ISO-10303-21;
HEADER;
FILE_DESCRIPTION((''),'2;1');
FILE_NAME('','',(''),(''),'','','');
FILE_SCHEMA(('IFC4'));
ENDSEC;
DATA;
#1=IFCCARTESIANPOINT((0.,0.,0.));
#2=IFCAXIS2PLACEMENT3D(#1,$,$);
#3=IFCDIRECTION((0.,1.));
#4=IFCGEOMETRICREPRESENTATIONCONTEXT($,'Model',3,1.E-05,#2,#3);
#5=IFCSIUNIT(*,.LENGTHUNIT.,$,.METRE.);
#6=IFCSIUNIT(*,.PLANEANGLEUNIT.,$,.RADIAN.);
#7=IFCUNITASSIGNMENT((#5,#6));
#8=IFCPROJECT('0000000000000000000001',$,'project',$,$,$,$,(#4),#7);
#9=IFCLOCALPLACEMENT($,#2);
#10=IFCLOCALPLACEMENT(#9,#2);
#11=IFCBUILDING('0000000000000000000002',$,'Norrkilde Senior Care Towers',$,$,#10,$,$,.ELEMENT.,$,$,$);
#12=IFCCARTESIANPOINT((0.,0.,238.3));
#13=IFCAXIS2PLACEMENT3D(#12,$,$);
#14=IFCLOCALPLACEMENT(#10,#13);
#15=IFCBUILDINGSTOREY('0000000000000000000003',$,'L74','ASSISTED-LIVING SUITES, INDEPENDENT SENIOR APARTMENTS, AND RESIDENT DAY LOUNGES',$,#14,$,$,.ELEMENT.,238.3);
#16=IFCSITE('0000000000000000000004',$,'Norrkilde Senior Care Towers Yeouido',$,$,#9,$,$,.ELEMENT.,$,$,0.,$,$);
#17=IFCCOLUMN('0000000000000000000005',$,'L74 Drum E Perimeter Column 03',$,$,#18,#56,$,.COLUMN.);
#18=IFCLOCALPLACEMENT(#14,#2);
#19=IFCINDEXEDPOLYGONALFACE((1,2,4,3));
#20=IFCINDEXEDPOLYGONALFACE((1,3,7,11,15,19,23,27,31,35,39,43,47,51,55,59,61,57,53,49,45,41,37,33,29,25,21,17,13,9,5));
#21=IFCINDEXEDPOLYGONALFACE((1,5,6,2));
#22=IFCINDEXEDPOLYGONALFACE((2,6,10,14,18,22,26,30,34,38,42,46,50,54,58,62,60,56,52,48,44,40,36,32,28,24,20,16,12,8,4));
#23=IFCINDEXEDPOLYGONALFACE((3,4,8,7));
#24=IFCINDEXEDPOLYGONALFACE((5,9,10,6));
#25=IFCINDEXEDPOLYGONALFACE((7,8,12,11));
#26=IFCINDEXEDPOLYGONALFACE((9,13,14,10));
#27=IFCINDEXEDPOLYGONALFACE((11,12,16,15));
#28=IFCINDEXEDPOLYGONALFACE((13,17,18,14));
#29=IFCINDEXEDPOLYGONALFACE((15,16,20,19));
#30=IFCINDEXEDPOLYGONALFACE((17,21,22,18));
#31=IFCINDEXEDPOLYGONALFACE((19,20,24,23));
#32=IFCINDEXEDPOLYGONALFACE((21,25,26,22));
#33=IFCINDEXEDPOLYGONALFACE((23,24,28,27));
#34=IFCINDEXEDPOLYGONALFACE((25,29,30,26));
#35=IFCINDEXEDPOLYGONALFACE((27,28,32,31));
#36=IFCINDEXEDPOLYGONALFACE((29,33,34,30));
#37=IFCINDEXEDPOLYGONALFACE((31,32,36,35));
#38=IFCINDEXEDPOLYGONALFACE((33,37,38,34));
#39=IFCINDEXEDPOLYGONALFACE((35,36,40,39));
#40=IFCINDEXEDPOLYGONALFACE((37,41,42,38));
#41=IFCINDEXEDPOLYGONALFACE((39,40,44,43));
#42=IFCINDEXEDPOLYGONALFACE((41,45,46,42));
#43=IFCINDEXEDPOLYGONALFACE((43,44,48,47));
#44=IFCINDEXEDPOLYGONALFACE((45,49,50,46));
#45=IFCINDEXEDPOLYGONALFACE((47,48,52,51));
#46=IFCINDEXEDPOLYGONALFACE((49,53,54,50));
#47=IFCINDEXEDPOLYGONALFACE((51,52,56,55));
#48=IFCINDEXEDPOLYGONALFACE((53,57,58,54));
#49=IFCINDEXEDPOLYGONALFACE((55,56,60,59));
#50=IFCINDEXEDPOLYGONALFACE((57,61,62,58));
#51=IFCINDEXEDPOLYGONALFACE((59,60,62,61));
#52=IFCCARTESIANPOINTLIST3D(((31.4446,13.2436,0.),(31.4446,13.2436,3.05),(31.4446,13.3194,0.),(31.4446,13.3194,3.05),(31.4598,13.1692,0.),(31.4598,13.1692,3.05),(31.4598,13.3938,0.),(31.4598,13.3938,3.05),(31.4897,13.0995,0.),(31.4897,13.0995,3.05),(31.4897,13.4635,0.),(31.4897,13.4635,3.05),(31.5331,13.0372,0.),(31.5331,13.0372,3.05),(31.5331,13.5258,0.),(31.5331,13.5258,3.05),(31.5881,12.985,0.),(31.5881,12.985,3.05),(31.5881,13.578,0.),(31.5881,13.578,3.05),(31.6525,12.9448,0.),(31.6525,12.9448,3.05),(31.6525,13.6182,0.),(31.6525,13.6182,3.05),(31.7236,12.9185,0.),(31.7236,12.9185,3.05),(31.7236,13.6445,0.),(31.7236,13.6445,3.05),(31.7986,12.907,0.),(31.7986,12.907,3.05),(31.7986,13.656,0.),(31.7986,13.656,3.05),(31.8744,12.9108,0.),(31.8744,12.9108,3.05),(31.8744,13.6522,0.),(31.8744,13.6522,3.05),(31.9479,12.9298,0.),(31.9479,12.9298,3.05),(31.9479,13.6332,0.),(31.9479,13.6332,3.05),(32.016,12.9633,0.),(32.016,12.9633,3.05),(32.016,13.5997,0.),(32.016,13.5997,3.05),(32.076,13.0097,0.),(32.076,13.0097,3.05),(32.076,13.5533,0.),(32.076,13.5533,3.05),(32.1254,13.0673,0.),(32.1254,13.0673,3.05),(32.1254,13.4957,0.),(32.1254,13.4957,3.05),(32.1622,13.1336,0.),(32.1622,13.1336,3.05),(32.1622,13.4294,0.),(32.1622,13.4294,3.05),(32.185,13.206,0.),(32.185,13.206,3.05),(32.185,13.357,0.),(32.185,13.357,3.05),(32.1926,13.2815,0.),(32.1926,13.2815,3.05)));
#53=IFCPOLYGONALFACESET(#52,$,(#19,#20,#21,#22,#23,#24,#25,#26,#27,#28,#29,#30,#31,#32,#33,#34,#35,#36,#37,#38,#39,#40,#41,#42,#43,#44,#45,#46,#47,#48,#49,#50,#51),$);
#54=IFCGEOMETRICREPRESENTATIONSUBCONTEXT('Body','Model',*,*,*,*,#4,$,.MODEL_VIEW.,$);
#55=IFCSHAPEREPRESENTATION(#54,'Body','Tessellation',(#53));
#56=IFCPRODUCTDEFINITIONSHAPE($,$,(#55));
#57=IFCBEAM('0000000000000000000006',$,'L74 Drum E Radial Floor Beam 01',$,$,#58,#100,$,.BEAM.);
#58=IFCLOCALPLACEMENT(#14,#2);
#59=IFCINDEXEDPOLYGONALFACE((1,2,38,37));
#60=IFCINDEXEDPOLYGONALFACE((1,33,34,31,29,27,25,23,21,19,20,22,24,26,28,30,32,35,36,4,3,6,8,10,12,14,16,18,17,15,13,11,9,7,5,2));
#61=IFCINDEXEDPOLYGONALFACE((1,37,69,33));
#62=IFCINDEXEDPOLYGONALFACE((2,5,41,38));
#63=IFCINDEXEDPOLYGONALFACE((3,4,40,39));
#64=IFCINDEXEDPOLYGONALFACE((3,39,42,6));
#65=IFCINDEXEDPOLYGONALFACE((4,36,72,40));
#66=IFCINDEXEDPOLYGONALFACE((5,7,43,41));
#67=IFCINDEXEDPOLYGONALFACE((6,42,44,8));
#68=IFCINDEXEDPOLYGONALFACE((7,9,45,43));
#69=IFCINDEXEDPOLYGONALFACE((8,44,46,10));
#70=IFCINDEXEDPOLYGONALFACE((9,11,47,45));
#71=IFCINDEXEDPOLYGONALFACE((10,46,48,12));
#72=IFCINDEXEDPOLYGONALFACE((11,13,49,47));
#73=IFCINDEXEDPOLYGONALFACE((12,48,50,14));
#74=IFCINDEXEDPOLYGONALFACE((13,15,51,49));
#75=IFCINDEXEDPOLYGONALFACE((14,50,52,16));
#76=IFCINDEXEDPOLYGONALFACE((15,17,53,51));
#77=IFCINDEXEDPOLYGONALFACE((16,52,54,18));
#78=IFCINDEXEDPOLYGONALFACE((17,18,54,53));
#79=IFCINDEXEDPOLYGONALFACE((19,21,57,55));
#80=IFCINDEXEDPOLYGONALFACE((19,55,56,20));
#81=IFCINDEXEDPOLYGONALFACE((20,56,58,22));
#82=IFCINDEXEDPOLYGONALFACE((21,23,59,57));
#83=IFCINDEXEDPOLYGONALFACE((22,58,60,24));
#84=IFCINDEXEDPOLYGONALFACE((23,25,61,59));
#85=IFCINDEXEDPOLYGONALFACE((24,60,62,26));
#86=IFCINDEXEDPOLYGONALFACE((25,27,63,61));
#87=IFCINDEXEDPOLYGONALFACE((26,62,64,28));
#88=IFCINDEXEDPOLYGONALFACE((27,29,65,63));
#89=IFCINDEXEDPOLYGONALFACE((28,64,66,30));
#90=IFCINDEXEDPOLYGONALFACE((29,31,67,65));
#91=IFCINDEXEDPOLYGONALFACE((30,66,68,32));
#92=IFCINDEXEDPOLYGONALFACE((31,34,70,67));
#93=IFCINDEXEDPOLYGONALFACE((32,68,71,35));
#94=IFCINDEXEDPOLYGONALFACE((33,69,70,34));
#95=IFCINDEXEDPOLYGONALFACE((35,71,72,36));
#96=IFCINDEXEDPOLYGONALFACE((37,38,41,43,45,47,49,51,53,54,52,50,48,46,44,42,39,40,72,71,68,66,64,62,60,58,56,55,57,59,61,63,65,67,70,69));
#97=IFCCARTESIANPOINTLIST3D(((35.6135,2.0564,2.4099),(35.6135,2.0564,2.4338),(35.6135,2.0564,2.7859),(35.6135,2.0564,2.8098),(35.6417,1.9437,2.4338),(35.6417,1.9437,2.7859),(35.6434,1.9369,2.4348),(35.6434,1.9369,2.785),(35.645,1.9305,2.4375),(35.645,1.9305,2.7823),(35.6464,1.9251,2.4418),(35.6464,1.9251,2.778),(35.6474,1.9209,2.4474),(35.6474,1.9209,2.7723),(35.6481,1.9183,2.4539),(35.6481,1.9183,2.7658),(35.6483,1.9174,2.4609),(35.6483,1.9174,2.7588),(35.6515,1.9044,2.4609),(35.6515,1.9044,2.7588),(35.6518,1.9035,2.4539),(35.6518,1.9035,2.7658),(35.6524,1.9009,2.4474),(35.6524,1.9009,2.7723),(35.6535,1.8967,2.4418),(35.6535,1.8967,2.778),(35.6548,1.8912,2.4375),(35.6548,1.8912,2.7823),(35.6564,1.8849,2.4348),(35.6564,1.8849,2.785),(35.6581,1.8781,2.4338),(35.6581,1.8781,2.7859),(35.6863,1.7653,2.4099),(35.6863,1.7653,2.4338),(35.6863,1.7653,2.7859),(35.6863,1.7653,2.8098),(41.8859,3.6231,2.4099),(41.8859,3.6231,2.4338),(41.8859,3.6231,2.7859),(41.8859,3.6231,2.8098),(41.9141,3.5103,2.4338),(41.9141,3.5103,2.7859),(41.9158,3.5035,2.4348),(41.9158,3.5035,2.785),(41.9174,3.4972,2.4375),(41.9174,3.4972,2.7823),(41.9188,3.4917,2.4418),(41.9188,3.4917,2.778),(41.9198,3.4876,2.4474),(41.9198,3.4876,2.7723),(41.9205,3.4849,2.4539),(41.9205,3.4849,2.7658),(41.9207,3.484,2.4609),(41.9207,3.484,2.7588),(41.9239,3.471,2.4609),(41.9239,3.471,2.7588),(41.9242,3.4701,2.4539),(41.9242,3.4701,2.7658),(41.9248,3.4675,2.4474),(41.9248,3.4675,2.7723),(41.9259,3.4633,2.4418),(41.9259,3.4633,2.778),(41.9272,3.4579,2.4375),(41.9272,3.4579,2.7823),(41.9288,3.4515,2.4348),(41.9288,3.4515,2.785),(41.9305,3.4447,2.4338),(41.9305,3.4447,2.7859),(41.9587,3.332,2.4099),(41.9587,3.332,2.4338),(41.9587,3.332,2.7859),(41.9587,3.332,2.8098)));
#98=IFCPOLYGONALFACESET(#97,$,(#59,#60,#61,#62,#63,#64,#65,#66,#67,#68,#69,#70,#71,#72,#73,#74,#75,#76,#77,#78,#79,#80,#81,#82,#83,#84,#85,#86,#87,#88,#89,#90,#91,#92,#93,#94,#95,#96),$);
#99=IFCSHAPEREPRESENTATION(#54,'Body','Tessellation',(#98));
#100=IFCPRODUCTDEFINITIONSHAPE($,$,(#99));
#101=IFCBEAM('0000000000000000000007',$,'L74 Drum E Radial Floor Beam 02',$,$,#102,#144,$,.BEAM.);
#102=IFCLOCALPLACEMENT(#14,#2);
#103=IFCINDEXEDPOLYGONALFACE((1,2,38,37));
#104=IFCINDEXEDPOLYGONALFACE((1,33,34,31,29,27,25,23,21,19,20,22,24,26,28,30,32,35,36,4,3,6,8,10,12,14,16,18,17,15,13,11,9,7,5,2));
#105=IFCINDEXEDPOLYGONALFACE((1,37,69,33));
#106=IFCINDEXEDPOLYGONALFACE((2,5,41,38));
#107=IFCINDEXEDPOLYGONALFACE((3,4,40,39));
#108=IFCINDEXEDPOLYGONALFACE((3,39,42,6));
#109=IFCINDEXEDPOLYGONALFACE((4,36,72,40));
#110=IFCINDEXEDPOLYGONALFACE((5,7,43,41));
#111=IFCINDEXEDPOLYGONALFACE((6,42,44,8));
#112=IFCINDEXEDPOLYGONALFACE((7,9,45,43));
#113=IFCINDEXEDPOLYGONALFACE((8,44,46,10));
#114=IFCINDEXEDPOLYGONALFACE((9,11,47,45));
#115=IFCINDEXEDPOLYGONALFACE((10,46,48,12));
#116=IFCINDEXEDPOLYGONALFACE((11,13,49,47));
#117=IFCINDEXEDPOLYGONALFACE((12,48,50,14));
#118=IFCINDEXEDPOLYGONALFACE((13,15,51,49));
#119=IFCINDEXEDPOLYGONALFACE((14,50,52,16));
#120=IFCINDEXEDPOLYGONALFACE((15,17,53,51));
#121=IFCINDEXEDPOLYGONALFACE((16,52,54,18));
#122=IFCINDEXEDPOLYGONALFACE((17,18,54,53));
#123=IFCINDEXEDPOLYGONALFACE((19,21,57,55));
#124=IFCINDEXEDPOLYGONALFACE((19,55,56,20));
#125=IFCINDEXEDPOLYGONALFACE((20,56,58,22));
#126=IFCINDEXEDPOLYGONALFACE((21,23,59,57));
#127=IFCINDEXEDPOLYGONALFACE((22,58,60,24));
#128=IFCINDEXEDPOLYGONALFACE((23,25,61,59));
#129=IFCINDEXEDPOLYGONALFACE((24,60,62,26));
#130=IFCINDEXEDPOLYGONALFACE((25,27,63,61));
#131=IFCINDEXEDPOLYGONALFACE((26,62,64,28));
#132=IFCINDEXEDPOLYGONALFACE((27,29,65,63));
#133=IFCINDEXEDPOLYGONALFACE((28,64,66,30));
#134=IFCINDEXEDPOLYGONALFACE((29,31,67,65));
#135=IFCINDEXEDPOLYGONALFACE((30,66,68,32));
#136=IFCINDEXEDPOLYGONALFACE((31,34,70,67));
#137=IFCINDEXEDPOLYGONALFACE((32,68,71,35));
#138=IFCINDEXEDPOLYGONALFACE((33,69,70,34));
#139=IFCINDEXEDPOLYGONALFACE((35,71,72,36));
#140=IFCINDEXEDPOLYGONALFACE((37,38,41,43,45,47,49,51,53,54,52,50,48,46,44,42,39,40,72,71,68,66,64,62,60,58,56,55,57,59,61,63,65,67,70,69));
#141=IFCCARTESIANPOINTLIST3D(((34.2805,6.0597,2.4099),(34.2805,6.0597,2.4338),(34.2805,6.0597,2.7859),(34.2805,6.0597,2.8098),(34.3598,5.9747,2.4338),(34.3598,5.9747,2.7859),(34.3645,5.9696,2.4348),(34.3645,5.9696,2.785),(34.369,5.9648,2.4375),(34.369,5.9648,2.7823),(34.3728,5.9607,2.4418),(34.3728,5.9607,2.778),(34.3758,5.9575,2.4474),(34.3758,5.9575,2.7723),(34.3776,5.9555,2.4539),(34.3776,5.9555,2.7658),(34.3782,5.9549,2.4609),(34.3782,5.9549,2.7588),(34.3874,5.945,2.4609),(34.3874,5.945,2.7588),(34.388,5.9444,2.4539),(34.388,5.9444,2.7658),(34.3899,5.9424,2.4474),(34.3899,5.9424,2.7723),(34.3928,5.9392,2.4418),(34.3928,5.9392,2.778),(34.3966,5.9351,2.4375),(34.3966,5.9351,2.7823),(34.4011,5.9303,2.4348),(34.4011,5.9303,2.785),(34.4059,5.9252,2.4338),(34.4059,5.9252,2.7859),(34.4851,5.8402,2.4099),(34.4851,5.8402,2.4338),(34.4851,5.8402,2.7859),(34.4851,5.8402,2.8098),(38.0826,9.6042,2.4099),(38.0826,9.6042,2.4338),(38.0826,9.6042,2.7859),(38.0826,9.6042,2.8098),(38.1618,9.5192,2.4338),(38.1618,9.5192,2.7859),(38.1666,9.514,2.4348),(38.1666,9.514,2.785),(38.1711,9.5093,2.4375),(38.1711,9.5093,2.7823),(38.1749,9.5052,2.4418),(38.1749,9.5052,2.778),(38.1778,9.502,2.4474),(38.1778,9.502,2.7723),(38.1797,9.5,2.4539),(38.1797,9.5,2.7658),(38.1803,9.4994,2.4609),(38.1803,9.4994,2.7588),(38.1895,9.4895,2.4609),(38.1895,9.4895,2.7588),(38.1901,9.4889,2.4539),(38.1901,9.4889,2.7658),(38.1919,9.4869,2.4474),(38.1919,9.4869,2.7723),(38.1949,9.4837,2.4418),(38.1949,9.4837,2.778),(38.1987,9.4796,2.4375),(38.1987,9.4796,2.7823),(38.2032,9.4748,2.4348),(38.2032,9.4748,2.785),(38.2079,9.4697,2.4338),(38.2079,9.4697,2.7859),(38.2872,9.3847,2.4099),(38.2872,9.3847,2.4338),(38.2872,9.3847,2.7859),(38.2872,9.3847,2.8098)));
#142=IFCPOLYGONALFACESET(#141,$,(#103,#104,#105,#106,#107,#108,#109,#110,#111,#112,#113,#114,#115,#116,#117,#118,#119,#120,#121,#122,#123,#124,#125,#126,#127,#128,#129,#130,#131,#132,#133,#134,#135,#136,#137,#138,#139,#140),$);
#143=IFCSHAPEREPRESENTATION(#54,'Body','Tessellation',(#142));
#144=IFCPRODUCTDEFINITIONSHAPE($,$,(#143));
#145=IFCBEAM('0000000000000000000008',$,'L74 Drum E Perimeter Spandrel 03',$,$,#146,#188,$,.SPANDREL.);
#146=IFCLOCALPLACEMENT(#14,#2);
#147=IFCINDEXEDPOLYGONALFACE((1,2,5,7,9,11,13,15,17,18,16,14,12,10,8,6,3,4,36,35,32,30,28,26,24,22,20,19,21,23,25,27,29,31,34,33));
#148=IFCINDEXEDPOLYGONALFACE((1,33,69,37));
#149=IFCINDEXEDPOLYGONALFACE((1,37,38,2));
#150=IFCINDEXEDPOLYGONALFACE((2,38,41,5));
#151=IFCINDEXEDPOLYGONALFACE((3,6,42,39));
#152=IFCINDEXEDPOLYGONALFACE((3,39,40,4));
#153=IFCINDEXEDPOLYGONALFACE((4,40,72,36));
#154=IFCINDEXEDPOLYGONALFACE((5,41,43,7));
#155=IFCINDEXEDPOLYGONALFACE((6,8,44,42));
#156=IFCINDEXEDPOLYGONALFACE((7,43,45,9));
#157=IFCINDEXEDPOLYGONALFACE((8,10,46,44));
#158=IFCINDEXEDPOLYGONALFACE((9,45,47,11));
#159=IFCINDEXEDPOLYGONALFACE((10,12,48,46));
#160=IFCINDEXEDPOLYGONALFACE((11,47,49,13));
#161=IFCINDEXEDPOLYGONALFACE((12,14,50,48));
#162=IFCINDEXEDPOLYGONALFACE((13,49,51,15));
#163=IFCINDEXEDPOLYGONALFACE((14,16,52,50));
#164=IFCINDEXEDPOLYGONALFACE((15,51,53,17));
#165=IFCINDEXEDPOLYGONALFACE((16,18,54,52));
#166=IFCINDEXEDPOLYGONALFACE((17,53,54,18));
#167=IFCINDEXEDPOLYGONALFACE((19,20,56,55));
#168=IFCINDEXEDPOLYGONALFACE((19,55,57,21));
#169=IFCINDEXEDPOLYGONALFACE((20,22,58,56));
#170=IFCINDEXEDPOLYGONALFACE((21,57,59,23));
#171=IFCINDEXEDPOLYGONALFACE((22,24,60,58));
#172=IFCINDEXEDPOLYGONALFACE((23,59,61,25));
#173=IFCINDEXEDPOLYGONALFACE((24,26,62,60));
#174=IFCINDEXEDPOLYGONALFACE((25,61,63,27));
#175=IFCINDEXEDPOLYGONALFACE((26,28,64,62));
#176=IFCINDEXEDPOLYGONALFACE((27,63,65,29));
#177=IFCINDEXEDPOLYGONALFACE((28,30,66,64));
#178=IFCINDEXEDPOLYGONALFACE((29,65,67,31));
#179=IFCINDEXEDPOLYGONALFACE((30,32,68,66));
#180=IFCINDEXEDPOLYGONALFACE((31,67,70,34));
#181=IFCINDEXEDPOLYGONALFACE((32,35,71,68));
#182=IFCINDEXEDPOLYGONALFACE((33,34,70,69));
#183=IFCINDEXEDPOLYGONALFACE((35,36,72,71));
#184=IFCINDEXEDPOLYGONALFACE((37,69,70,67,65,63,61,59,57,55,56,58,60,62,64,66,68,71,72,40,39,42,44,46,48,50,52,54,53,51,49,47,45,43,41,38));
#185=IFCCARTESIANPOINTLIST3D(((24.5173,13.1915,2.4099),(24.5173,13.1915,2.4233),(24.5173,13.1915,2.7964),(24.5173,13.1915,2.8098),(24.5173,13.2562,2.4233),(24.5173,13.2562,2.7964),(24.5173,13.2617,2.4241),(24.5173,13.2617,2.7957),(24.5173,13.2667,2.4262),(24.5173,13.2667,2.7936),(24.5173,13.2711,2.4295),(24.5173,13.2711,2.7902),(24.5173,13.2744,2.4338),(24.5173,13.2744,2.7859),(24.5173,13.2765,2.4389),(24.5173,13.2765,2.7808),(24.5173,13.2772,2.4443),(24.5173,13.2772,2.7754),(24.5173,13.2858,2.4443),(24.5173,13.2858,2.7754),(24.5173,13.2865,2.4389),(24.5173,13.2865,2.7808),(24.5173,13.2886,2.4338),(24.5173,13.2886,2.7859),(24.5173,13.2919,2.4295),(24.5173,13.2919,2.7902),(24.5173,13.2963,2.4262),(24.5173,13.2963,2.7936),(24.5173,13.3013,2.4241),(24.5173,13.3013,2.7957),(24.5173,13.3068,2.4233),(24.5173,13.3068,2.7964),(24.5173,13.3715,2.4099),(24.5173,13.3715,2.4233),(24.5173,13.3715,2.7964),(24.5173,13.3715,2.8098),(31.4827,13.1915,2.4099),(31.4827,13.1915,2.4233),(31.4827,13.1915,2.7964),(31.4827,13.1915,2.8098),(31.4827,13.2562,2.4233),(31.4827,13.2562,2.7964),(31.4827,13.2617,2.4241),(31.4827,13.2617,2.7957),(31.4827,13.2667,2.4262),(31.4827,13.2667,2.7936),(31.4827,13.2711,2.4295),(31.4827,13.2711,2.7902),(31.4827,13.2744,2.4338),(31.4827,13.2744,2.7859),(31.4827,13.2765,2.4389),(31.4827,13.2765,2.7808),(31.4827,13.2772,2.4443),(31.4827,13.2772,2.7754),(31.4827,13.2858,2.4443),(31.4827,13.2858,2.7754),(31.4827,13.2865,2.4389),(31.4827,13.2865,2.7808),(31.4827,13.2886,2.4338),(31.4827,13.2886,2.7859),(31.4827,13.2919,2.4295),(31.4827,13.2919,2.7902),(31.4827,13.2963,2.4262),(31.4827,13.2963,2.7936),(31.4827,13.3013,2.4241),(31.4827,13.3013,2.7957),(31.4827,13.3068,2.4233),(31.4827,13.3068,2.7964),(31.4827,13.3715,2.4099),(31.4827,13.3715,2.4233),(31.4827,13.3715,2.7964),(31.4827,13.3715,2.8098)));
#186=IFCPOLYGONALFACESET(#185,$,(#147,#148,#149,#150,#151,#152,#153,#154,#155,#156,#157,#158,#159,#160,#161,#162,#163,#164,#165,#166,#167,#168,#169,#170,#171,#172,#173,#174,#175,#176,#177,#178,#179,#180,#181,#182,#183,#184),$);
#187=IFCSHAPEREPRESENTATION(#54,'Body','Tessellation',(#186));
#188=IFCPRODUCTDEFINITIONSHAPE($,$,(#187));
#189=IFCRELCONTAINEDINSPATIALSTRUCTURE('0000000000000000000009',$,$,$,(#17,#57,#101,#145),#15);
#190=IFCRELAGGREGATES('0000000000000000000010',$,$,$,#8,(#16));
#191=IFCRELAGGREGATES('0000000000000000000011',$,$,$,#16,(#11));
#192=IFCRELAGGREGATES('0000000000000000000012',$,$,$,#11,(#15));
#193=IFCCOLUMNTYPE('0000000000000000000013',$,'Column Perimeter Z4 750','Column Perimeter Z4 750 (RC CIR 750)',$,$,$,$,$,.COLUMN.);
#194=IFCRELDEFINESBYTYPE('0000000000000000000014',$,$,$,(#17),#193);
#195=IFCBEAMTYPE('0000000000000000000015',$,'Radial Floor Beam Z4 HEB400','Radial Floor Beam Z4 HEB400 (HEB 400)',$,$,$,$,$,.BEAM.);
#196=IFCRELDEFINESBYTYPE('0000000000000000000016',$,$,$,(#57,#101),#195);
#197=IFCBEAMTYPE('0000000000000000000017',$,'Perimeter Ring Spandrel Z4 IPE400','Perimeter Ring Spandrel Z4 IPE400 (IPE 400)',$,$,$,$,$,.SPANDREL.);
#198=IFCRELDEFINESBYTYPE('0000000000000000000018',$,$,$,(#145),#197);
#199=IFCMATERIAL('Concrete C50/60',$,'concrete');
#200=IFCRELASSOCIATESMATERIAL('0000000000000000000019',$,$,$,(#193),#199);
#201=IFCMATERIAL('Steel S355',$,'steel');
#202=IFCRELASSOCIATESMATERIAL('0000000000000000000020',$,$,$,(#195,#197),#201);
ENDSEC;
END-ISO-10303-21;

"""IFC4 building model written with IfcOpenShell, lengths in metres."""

from ifc_helpers import new_model, si_unit, direction, frame, origin, origin_2d, place, context, subcontext, project, spatial, circle, i_section, extrude, source, transform, mapped, material, material_profile, profile_set, type_object, type_shapes, element, save


model = new_model("IFC4")

# Units and contexts
model_context = context("Model", 3, precision=1e-05, world=origin(), true_north=direction((0.0, 1.0)))
body_context = subcontext(model_context, "Body", "Model", "MODEL_VIEW")
ifc_project = project(units=[si_unit("LENGTHUNIT", "METRE"), si_unit("PLANEANGLEUNIT", "RADIAN")], contexts=[model_context])

# Site, building, storey
site_placement = place(None, origin())
site = spatial("IfcSite", under=ifc_project, at=site_placement, Name="Norrkilde Senior Care Towers Yeouido", CompositionType="ELEMENT", RefElevation=0.0)
building_placement = place(site_placement, origin())
building = spatial("IfcBuilding", under=site, at=building_placement, Name="Norrkilde Senior Care Towers", CompositionType="ELEMENT")
storey_placement = place(building_placement, frame((0.0, 0.0, 238.3)))
storey = spatial("IfcBuildingStorey", under=building, at=storey_placement, Name="L74", Description="ASSISTED-LIVING SUITES, INDEPENDENT SENIOR APARTMENTS, AND RESIDENT DAY LOUNGES", CompositionType="ELEMENT", Elevation=238.3)

# Column
ifc_material_1 = material(Name="Concrete C50/60", Category="concrete")
ifc_material_profile_1 = material_profile(ifc_material_1, circle(Radius=0.375, at=origin_2d()), Name="RC CIR 750")
ifc_profile_set_1 = profile_set([ifc_material_profile_1], Name="Concrete C50/60")
column_type = type_object("IfcColumnType", Name="Column Perimeter Z4 750", Description="Column Perimeter Z4 750 (RC CIR 750)", PredefinedType="COLUMN", material=ifc_profile_set_1)
shared_shape_1 = source(origin(), body_context, "Body", "SweptSolid", [
    extrude(circle(Radius=0.375, at=origin_2d()), origin(), (0.0, 0.0, 1.0), 3.05),
])
type_shapes(column_type, [shared_shape_1])
column_placement = place(storey_placement, frame((31.8176, 13.2815, 0.0), z_axis=(0.0, 0.0, 1.0), x_axis=(1.0, 0.0, 0.0)))
element("IfcColumn", 1, at=column_placement, inside=storey, type_object=column_type, Name="L74 Drum E Perimeter Column 03", PredefinedType="COLUMN", context=body_context, shape_type="MappedRepresentation", body=[
    mapped(shared_shape_1, transform((0.0, 0.0, 0.0), x_axis=(1.0, 0.0, 0.0), y_axis=(0.0, 1.0, 0.0), z_axis=(0.0, 0.0, 1.0), scale=1.0)),
])

# Beams
ifc_material_2 = material(Name="Steel S355", Category="steel")
ifc_material_profile_2 = material_profile(ifc_material_2, i_section(OverallWidth=0.3, OverallDepth=0.3999, WebThickness=0.0134, FlangeThickness=0.0239, FilletRadius=0.0271, at=origin_2d()), Name="HEB 400")
ifc_profile_set_2 = profile_set([ifc_material_profile_2], Name="Steel S355")
beam_type_1 = type_object("IfcBeamType", Name="Radial Floor Beam Z4 HEB400", Description="Radial Floor Beam Z4 HEB400 (HEB 400)", PredefinedType="BEAM", material=ifc_profile_set_2)
shared_shape_2 = source(origin(), body_context, "Body", "SweptSolid", [
    extrude(i_section(OverallWidth=0.3, OverallDepth=0.3999, WebThickness=0.0134, FlangeThickness=0.0239, FilletRadius=0.0271, at=origin_2d()), origin(), (0.0, 0.0, 1.0), 6.4651),
])
beam_1_placement = place(storey_placement, frame((35.6499, 1.9109, 2.6099), z_axis=(0.970196, 0.242322, 0.0), x_axis=(-0.242322, 0.970196, 0.0)))
element("IfcBeam", 2, at=beam_1_placement, inside=storey, type_object=beam_type_1, Name="L74 Drum E Radial Floor Beam 01", PredefinedType="BEAM", context=body_context, shape_type="MappedRepresentation", body=[
    mapped(shared_shape_2, transform((0.0, 0.0, 0.0), x_axis=(1.0, 0.0, 0.0), y_axis=(0.0, 1.0, 0.0), z_axis=(0.0, 0.0, 1.0), scale=1.0)),
])
shared_shape_3 = source(origin(), body_context, "Body", "SweptSolid", [
    extrude(i_section(OverallWidth=0.3, OverallDepth=0.3999, WebThickness=0.0134, FlangeThickness=0.0239, FilletRadius=0.0271, at=origin_2d()), origin(), (0.0, 0.0, 1.0), 5.198),
])
beam_2_placement = place(storey_placement, frame((34.3828, 5.95, 2.6099), z_axis=(0.731449, 0.681896, 0.0), x_axis=(-0.681896, 0.731449, 0.0)))
element("IfcBeam", 3, at=beam_2_placement, inside=storey, type_object=beam_type_1, Name="L74 Drum E Radial Floor Beam 02", PredefinedType="BEAM", context=body_context, shape_type="MappedRepresentation", body=[
    mapped(shared_shape_3, transform((0.0, 0.0, 0.0), x_axis=(1.0, 0.0, 0.0), y_axis=(0.0, 1.0, 0.0), z_axis=(0.0, 0.0, 1.0), scale=1.0)),
])
ifc_material_profile_3 = material_profile(ifc_material_2, i_section(OverallWidth=0.1799, OverallDepth=0.3999, WebThickness=0.0085, FlangeThickness=0.0134, FilletRadius=0.021, at=origin_2d()), Name="IPE 400")
ifc_profile_set_3 = profile_set([ifc_material_profile_3], Name="Steel S355")
beam_type_2 = type_object("IfcBeamType", Name="Perimeter Ring Spandrel Z4 IPE400", Description="Perimeter Ring Spandrel Z4 IPE400 (IPE 400)", PredefinedType="SPANDREL", material=ifc_profile_set_3)
shared_shape_4 = source(origin(), body_context, "Body", "SweptSolid", [
    extrude(i_section(OverallWidth=0.1799, OverallDepth=0.3999, WebThickness=0.0085, FlangeThickness=0.0134, FilletRadius=0.021, at=origin_2d()), origin(), (0.0, 0.0, 1.0), 6.9653),
])
type_shapes(beam_type_2, [shared_shape_4])
beam_3_placement = place(storey_placement, frame((31.4827, 13.2815, 2.6099), z_axis=(-1.0, 0.0, 0.0), x_axis=(0.0, -1.0, 0.0)))
element("IfcBeam", 4, at=beam_3_placement, inside=storey, type_object=beam_type_2, Name="L74 Drum E Perimeter Spandrel 03", PredefinedType="SPANDREL", context=body_context, shape_type="MappedRepresentation", body=[
    mapped(shared_shape_4, transform((0.0, 0.0, 0.0), x_axis=(1.0, 0.0, 0.0), y_axis=(0.0, 1.0, 0.0), z_axis=(0.0, 0.0, 1.0), scale=1.0)),
])

save(model, "model.ifc")
